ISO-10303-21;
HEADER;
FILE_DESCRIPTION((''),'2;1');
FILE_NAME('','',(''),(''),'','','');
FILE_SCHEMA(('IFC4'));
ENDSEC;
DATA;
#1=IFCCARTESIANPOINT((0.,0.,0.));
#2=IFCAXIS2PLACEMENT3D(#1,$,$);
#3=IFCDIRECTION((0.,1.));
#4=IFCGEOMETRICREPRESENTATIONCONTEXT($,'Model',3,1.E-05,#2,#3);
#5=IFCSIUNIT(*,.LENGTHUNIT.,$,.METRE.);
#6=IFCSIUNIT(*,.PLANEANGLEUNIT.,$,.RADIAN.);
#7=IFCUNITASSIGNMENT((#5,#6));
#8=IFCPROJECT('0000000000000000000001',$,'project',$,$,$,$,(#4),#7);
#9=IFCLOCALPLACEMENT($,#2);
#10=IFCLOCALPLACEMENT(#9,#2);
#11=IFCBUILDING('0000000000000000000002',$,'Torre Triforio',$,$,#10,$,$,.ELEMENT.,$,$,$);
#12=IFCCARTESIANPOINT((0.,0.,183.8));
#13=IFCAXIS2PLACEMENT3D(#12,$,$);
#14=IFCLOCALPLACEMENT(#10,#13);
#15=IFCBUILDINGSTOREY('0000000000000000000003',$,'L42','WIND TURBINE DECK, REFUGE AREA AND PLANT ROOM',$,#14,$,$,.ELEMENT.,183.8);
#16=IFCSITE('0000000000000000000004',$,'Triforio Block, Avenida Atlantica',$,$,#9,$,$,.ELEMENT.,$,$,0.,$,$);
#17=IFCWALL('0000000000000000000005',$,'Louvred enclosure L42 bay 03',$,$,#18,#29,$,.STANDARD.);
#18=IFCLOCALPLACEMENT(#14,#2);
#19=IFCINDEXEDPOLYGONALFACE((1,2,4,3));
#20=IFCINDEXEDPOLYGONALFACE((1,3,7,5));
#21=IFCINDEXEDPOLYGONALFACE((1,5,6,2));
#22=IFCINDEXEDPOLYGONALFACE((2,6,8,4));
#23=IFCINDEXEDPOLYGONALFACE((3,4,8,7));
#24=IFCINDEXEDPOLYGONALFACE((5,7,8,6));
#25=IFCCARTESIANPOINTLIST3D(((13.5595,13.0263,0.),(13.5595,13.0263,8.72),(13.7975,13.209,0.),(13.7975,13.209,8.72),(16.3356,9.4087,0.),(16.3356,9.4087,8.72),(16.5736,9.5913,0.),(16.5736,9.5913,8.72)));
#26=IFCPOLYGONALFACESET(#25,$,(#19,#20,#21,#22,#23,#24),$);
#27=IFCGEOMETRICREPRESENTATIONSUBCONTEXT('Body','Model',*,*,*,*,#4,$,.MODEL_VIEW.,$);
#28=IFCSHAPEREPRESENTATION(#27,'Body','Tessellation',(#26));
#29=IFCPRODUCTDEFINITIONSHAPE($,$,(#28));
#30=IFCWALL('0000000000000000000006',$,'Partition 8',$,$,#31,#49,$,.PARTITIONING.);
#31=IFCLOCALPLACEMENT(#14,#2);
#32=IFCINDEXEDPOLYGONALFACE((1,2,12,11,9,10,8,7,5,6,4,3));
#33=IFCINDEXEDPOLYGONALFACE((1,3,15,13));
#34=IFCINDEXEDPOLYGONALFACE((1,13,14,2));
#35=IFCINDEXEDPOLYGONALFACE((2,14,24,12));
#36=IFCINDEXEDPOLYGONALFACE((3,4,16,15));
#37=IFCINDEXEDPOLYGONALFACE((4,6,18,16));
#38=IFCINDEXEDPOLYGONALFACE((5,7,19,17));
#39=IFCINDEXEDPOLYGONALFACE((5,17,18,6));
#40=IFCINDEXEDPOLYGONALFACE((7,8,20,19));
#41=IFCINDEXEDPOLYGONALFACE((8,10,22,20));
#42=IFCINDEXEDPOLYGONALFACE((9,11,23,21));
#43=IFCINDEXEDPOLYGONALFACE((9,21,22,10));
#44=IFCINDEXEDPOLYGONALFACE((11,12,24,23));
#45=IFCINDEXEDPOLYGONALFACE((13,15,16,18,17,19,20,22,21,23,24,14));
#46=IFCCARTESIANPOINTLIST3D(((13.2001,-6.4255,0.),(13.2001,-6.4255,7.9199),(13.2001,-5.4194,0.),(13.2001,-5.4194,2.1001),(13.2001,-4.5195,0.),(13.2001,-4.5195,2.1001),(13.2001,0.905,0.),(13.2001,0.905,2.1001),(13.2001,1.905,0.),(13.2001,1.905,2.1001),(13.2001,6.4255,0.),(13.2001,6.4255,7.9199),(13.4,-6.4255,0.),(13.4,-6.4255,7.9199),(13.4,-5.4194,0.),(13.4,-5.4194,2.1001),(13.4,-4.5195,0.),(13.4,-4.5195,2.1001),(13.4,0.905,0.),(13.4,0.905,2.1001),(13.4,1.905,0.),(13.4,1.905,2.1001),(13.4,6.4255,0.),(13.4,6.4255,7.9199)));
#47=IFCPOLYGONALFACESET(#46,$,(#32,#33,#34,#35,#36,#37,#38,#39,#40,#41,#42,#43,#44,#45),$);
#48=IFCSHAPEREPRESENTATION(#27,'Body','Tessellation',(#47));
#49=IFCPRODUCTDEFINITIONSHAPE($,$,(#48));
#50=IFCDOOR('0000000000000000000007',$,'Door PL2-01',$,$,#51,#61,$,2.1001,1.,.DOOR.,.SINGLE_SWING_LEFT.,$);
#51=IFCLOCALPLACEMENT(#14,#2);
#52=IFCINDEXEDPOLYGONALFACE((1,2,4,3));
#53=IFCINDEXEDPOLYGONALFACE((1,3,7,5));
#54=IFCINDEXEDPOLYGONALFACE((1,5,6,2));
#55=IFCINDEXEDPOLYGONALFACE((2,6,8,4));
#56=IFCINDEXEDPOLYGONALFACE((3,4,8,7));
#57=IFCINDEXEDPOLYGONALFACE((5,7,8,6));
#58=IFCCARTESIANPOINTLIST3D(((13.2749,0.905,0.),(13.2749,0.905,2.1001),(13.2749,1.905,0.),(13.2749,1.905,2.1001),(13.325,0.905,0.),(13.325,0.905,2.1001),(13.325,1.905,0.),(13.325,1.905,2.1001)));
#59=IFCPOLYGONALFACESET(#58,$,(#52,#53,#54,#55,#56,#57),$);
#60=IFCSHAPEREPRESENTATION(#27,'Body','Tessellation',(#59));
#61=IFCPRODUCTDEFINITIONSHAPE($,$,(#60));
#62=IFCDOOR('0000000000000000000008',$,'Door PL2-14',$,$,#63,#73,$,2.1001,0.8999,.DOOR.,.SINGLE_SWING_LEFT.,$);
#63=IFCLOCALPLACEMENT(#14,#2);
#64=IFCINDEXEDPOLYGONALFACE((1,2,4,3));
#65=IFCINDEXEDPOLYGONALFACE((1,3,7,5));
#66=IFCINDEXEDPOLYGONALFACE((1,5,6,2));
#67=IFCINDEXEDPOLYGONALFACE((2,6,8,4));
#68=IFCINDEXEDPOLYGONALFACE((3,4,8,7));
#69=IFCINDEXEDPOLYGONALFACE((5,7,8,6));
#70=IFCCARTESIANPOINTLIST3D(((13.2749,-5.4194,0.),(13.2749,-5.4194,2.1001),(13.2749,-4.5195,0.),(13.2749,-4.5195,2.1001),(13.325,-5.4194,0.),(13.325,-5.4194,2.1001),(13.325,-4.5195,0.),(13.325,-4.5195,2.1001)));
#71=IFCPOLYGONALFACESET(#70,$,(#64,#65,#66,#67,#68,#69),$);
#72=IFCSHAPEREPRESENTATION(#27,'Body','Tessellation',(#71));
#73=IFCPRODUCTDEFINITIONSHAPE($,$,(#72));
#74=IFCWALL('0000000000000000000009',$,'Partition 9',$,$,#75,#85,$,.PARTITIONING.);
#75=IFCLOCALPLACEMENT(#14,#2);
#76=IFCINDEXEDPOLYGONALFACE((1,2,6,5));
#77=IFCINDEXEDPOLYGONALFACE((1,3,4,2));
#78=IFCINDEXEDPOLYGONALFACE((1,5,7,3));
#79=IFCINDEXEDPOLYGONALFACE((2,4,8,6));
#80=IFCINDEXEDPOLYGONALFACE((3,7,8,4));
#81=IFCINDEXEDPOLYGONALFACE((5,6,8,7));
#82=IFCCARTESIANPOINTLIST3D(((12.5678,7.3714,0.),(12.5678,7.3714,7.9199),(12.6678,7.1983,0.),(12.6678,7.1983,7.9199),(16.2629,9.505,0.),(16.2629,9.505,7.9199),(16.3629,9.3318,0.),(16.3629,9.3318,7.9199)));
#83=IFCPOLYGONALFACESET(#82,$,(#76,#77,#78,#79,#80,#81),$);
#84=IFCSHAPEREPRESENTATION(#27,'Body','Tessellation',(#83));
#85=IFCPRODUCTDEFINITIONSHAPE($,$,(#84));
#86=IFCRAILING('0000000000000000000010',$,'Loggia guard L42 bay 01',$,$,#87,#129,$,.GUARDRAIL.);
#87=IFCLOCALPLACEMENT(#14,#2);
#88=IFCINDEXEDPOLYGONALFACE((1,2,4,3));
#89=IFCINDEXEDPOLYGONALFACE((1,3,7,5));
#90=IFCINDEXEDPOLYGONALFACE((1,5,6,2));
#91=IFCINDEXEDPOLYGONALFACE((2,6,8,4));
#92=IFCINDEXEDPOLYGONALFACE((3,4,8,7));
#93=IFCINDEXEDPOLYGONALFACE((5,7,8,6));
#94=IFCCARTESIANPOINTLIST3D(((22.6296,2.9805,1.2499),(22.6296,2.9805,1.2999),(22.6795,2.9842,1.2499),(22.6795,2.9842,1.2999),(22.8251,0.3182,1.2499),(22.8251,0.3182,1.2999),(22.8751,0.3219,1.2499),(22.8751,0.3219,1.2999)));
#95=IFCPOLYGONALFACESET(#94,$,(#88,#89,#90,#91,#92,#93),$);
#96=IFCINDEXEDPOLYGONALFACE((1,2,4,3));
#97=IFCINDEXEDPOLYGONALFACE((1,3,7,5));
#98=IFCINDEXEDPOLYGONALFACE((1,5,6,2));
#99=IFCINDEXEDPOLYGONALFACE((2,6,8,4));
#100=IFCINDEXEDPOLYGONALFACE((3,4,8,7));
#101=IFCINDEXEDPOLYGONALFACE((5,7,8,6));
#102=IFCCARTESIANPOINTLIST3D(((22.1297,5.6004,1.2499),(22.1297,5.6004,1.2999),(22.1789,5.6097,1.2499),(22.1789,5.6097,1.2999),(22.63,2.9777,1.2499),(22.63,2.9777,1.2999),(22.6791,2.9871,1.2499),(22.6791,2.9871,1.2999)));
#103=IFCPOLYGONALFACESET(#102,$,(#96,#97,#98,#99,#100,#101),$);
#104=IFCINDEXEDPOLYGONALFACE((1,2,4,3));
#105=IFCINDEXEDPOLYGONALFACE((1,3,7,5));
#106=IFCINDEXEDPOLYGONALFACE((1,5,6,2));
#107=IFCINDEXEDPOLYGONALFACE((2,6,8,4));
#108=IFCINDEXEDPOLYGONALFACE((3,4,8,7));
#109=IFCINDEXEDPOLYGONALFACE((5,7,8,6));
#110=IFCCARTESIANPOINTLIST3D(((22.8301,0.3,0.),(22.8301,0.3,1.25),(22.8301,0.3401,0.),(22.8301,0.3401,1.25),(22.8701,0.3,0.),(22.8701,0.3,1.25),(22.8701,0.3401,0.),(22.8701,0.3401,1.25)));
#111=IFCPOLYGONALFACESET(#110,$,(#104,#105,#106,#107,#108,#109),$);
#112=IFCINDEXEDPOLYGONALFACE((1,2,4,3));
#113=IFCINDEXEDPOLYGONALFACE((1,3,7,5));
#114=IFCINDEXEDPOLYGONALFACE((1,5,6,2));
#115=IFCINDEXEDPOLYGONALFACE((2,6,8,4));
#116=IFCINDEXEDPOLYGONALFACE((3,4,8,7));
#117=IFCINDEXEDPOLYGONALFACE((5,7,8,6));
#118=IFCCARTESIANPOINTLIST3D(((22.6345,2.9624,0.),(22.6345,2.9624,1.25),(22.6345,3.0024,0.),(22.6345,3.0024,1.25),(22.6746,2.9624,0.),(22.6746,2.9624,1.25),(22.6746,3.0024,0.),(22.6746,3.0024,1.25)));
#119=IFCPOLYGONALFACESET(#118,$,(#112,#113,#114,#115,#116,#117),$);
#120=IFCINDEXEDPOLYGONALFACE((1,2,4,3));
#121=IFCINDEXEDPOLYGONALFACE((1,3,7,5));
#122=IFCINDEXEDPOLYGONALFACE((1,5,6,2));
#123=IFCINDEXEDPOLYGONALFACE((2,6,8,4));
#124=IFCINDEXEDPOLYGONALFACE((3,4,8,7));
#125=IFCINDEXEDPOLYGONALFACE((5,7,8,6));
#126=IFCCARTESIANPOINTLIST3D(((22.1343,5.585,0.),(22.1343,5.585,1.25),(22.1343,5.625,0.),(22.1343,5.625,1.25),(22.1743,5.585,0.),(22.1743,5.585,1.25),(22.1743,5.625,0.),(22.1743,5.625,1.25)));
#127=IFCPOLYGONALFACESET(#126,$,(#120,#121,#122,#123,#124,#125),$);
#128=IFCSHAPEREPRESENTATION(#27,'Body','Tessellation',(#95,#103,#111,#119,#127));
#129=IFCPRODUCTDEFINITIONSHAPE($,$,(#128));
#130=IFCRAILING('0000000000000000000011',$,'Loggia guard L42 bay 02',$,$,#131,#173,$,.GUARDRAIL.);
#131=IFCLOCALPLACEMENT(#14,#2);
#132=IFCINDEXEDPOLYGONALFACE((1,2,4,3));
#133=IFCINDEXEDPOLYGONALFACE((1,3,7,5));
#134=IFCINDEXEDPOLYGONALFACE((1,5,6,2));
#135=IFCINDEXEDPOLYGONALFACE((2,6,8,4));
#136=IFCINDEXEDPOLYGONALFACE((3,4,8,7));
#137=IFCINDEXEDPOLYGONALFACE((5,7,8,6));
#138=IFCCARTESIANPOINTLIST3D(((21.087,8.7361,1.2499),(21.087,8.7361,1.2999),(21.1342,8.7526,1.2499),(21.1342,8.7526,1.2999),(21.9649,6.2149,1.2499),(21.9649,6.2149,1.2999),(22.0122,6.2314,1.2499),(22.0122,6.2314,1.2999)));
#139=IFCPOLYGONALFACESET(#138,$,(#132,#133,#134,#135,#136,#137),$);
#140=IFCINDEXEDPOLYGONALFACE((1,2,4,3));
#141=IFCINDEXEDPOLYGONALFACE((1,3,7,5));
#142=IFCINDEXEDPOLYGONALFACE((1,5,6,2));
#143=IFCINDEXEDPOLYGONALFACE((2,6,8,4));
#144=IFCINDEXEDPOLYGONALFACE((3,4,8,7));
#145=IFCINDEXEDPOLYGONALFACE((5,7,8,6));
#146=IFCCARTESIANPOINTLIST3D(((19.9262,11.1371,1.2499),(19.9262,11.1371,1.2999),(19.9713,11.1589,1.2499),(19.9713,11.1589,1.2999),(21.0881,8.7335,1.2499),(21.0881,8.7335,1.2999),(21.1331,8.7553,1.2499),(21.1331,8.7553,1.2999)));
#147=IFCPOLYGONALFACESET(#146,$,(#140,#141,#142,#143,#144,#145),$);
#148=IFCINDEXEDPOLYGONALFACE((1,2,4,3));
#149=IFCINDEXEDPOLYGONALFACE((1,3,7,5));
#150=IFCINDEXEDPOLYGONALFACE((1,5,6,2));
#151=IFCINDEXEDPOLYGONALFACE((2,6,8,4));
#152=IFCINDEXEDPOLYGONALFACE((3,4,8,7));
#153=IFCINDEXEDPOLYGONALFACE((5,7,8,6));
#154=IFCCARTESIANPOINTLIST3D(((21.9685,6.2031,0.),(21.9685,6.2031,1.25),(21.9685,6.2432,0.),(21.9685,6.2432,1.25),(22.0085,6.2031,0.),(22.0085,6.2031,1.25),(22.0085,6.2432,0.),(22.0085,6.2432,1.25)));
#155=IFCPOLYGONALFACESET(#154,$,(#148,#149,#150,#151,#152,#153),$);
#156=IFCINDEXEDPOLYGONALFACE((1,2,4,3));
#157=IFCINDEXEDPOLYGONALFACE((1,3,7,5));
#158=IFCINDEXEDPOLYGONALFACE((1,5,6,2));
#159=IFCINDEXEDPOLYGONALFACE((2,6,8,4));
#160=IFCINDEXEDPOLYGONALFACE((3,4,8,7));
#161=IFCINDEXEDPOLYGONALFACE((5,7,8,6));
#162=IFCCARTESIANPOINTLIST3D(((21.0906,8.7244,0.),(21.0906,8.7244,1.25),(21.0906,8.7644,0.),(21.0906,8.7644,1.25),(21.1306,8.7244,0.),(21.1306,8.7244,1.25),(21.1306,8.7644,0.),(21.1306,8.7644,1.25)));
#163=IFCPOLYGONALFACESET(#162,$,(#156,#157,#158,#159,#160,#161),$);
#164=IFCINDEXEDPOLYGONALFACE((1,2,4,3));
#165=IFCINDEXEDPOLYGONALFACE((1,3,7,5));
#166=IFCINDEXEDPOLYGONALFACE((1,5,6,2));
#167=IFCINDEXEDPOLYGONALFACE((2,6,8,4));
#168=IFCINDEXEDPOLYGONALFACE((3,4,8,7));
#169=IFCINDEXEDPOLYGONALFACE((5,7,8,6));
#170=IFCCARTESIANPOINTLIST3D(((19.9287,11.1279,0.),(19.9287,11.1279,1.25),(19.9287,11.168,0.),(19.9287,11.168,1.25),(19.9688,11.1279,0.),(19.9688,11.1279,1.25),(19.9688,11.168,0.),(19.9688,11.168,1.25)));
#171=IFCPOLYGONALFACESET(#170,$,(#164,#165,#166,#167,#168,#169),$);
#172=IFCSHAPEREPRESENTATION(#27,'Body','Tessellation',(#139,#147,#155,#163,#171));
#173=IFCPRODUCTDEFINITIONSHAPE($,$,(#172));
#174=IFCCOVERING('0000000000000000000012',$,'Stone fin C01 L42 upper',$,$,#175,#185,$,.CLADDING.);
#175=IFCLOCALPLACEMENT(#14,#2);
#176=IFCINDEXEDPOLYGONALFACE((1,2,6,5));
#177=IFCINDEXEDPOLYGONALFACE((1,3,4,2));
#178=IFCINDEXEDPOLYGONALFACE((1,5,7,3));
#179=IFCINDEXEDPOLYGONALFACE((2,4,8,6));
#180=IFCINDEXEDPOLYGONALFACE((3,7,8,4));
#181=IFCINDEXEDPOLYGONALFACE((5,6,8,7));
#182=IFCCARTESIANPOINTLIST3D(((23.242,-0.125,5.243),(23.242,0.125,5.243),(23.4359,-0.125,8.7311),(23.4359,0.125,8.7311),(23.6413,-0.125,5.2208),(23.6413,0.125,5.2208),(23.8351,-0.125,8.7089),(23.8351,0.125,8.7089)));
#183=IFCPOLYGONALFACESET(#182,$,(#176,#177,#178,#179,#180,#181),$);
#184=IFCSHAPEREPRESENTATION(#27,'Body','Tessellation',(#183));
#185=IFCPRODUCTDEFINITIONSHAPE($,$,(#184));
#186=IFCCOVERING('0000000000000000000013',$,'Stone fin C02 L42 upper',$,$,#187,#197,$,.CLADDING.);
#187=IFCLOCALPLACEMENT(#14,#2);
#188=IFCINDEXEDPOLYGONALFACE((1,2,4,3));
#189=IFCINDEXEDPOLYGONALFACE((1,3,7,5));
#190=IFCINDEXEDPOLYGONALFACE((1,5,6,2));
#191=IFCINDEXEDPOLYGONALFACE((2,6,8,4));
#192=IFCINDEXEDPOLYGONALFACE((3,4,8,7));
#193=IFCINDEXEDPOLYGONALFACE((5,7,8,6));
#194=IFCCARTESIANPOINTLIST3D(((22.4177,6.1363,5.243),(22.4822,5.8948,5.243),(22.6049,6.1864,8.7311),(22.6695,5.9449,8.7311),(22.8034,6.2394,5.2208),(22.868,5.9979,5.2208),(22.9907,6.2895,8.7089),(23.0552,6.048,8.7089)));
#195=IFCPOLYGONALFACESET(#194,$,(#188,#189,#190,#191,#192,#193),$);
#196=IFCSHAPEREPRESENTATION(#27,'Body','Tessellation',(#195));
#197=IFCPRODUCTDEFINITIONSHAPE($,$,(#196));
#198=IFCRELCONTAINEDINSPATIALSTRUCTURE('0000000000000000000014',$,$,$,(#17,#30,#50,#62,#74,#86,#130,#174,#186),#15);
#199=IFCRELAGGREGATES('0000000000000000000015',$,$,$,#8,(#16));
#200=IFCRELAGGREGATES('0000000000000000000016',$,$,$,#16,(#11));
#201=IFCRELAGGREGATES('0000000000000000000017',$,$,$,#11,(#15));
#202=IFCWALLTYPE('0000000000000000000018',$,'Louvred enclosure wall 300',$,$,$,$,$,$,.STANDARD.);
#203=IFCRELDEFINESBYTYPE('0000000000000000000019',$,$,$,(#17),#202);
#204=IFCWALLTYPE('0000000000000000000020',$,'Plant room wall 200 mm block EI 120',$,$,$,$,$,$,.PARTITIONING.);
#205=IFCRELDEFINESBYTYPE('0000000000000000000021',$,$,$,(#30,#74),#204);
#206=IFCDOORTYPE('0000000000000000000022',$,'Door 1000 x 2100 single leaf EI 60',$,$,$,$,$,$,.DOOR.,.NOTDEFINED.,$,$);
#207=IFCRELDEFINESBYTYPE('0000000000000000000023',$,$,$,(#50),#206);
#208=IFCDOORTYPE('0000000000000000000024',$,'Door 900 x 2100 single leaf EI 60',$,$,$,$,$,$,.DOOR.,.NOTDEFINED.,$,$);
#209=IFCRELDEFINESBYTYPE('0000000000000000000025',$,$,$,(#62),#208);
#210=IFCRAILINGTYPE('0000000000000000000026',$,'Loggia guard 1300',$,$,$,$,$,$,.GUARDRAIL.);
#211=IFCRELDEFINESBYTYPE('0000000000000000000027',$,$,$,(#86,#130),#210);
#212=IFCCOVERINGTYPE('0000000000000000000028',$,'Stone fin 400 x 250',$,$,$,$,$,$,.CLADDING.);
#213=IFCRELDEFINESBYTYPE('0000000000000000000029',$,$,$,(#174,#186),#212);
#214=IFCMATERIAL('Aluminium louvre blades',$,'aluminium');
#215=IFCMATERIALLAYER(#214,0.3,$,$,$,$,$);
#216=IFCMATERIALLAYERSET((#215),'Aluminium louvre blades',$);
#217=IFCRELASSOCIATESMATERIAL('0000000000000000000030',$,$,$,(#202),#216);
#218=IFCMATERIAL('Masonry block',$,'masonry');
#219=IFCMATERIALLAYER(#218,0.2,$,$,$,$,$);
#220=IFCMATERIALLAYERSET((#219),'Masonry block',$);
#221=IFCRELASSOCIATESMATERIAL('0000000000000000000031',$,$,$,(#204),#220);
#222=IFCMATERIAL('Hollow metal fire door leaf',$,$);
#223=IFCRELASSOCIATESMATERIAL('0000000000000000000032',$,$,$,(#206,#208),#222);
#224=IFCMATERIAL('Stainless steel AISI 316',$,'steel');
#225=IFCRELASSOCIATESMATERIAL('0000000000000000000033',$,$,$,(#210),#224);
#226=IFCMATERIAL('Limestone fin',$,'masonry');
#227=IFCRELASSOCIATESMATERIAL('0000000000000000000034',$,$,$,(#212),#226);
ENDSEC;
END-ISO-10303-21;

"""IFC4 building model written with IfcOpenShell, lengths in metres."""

from ifc_helpers import new_model, si_unit, direction, frame, frame_2d, origin, origin_2d, place, context, subcontext, project, spatial, rectangle, extrude, material, layer, layer_set, material_profile, profile_set, type_object, element, fill, save


model = new_model("IFC4")

# Units and contexts
model_context = context("Model", 3, precision=1e-05, world=origin(), true_north=direction((0.0, 1.0)))
body_context = subcontext(model_context, "Body", "Model", "MODEL_VIEW")
ifc_project = project(units=[si_unit("LENGTHUNIT", "METRE"), si_unit("PLANEANGLEUNIT", "RADIAN")], contexts=[model_context])

# Site, building, storey
site_placement = place(None, origin())
site = spatial("IfcSite", under=ifc_project, at=site_placement, Name="Triforio Block, Avenida Atlantica", CompositionType="ELEMENT", RefElevation=0.0)
building_placement = place(site_placement, origin())
building = spatial("IfcBuilding", under=site, at=building_placement, Name="Torre Triforio", CompositionType="ELEMENT")
storey_placement = place(building_placement, frame((0.0, 0.0, 183.8)))
storey = spatial("IfcBuildingStorey", under=building, at=storey_placement, Name="L42", Description="WIND TURBINE DECK, REFUGE AREA AND PLANT ROOM", CompositionType="ELEMENT", Elevation=183.8)

# Wall
ifc_material_1 = material(Name="Aluminium louvre blades", Category="aluminium")
ifc_layer_1 = layer(ifc_material_1, 0.3)
ifc_layer_set_1 = layer_set([ifc_layer_1], Name="Aluminium louvre blades")
wall_type_1 = type_object("IfcWallType", Name="Louvred enclosure wall 300", PredefinedType="STANDARD", material=ifc_layer_set_1)
wall_1_placement = place(storey_placement, frame((16.4546, 9.5, 0.0), z_axis=(0.0, 0.0, 1.0), x_axis=(-0.608787, 0.793334, 0.0)))
element("IfcWall", 1, at=wall_1_placement, inside=storey, type_object=wall_type_1, Name="Louvred enclosure L42 bay 03", PredefinedType="STANDARD", context=body_context, shape_type="SweptSolid", body=[
    extrude(rectangle(XDim=4.5601, YDim=0.3, at=frame_2d((2.28, 0.0))), origin(), (0.0, 0.0, 1.0), 8.72),
])

# Wall, openings, doors
ifc_material_2 = material(Name="Masonry block", Category="masonry")
ifc_layer_2 = layer(ifc_material_2, 0.2)
ifc_layer_set_2 = layer_set([ifc_layer_2], Name="Masonry block")
wall_type_2 = type_object("IfcWallType", Name="Plant room wall 200 mm block EI 120", PredefinedType="PARTITIONING", material=ifc_layer_set_2)
wall_2_placement = place(storey_placement, frame((13.3, 6.4255, 0.0), z_axis=(0.0, 0.0, 1.0), x_axis=(0.0, -1.0, 0.0)))
wall_2 = element("IfcWall", 2, at=wall_2_placement, inside=storey, type_object=wall_type_2, Name="Partition 8", PredefinedType="PARTITIONING", context=body_context, shape_type="SweptSolid", body=[
    extrude(rectangle(XDim=12.8511, YDim=0.2, at=frame_2d((6.4255, 0.0))), origin(), (0.0, 0.0, 1.0), 7.9199),
])
opening_1_placement = place(wall_2_placement, frame((4.5205, 0.0, 0.0)))
opening_1 = element("IfcOpeningElement", 3, at=opening_1_placement, cuts=wall_2, PredefinedType="OPENING", context=body_context, shape_type="SweptSolid", body=[
    extrude(rectangle(XDim=1.0, YDim=2.1001, at=frame_2d((0.5, 1.05))), frame((0.0, 0.1099, 0.0), z_axis=(0.0, -1.0, 0.0), x_axis=(1.0, 0.0, 0.0)), (0.0, 0.0, 1.0), 0.22),
])
opening_2_placement = place(wall_2_placement, frame((10.9451, 0.0, 0.0)))
opening_2 = element("IfcOpeningElement", 4, at=opening_2_placement, cuts=wall_2, PredefinedType="OPENING", context=body_context, shape_type="SweptSolid", body=[
    extrude(rectangle(XDim=0.8999, YDim=2.1001, at=frame_2d((0.45, 1.05))), frame((0.0, 0.1099, 0.0), z_axis=(0.0, -1.0, 0.0), x_axis=(1.0, 0.0, 0.0)), (0.0, 0.0, 1.0), 0.22),
])
ifc_material_3 = material(Name="Hollow metal fire door leaf")
door_type_1 = type_object("IfcDoorType", Name="Door 1000 x 2100 single leaf EI 60", OperationType="NOTDEFINED", PredefinedType="DOOR", material=ifc_material_3)
door_1_placement = place(opening_1_placement, origin())
door_1 = element("IfcDoor", 5, at=door_1_placement, inside=storey, type_object=door_type_1, Name="Door PL2-01", OperationType="SINGLE_SWING_LEFT", OverallHeight=2.1001, OverallWidth=1.0, PredefinedType="DOOR", context=body_context, shape_type="SweptSolid", body=[
    extrude(rectangle(XDim=1.0, YDim=2.1001, at=frame_2d((0.5, 1.05))), frame((0.0, 0.0249, 0.0), z_axis=(0.0, -1.0, 0.0), x_axis=(1.0, 0.0, 0.0)), (0.0, 0.0, 1.0), 0.05),
])
fill(opening_1, door_1)
door_type_2 = type_object("IfcDoorType", Name="Door 900 x 2100 single leaf EI 60", OperationType="NOTDEFINED", PredefinedType="DOOR", material=ifc_material_3)
door_2_placement = place(opening_2_placement, origin())
door_2 = element("IfcDoor", 6, at=door_2_placement, inside=storey, type_object=door_type_2, Name="Door PL2-14", OperationType="SINGLE_SWING_LEFT", OverallHeight=2.1001, OverallWidth=0.8999, PredefinedType="DOOR", context=body_context, shape_type="SweptSolid", body=[
    extrude(rectangle(XDim=0.8999, YDim=2.1001, at=frame_2d((0.45, 1.05))), frame((0.0, 0.0249, 0.0), z_axis=(0.0, -1.0, 0.0), x_axis=(1.0, 0.0, 0.0)), (0.0, 0.0, 1.0), 0.05),
])
fill(opening_2, door_2)

# Wall
wall_3_placement = place(storey_placement, frame((12.6179, 7.2849, 0.0), z_axis=(0.0, 0.0, 1.0), x_axis=(0.866005, 0.500034, 0.0)))
element("IfcWall", 7, at=wall_3_placement, inside=storey, type_object=wall_type_2, Name="Partition 9", PredefinedType="PARTITIONING", context=body_context, shape_type="SweptSolid", body=[
    extrude(rectangle(XDim=4.2668, YDim=0.2, at=frame_2d((2.1333, 0.0))), origin(), (0.0, 0.0, 1.0), 7.9199),
])

# Railings
ifc_material_4 = material(Name="Stainless steel AISI 316", Category="steel")
railing_type = type_object("IfcRailingType", Name="Loggia guard 1300", PredefinedType="GUARDRAIL", material=ifc_material_4)
railing_1_placement = place(storey_placement, frame((22.8501, 0.3201, 0.0)))
element("IfcRailing", 8, at=railing_1_placement, inside=storey, type_object=railing_type, Name="Loggia guard L42 bay 01", PredefinedType="GUARDRAIL", context=body_context, shape_type="SweptSolid", body=[
    extrude(rectangle(XDim=0.05, YDim=0.05, at=origin_2d()), frame((0.0, 0.0, 1.2749), z_axis=(-0.073255, 0.997313, 0.0), x_axis=(-0.997313, -0.073255, 0.0)), (0.0, 0.0, 1.0), 2.6694),
    extrude(rectangle(XDim=0.05, YDim=0.05, at=origin_2d()), frame((-0.1956, 2.6624, 1.2749), z_axis=(-0.187368, 0.98229, 0.0), x_axis=(-0.98229, -0.187368, 0.0)), (0.0, 0.0, 1.0), 2.6699),
    extrude(rectangle(XDim=0.04, YDim=0.04, at=origin_2d()), origin(), (0.0, 0.0, 1.0), 1.25),
    extrude(rectangle(XDim=0.04, YDim=0.04, at=origin_2d()), frame((-0.1956, 2.6624, 0.0)), (0.0, 0.0, 1.0), 1.25),
    extrude(rectangle(XDim=0.04, YDim=0.04, at=origin_2d()), frame((-0.6958, 5.2849, 0.0)), (0.0, 0.0, 1.0), 1.25),
])
railing_2_placement = place(storey_placement, frame((21.9885, 6.2231, 0.0)))
element("IfcRailing", 9, at=railing_2_placement, inside=storey, type_object=railing_type, Name="Loggia guard L42 bay 02", PredefinedType="GUARDRAIL", context=body_context, shape_type="SweptSolid", body=[
    extrude(rectangle(XDim=0.05, YDim=0.05, at=origin_2d()), frame((0.0, 0.0, 1.2749), z_axis=(-0.328847, 0.944383, 0.0), x_axis=(-0.944383, -0.328847, 0.0)), (0.0, 0.0, 1.0), 2.6697),
    extrude(rectangle(XDim=0.05, YDim=0.05, at=origin_2d()), frame((-0.8779, 2.5212, 1.2749), z_axis=(-0.435212, 0.900328, 0.0), x_axis=(-0.900328, -0.435212, 0.0)), (0.0, 0.0, 1.0), 2.6697),
    extrude(rectangle(XDim=0.04, YDim=0.04, at=origin_2d()), origin(), (0.0, 0.0, 1.0), 1.25),
    extrude(rectangle(XDim=0.04, YDim=0.04, at=origin_2d()), frame((-0.8779, 2.5212, 0.0)), (0.0, 0.0, 1.0), 1.25),
    extrude(rectangle(XDim=0.04, YDim=0.04, at=origin_2d()), frame((-2.0398, 4.9248, 0.0)), (0.0, 0.0, 1.0), 1.25),
])

# Coverings
ifc_material_5 = material(Name="Limestone fin", Category="masonry")
ifc_material_profile_1 = material_profile(ifc_material_5, rectangle(XDim=0.3999, YDim=0.25, at=origin_2d()), Name="FIN 400x250")
ifc_profile_set_1 = profile_set([ifc_material_profile_1], Name="Limestone fin")
covering_type_1 = type_object("IfcCoveringType", Name="Stone fin 400 x 250", PredefinedType="CLADDING", material=ifc_profile_set_1)
for number, where, z_axis, x_axis, name in (
    (10, (23.4417, 0.0, 5.2319), (0.055489, 0.0, 0.998459), (-0.998459, 0.0, 0.055489), "Stone fin C01 L42 upper"),
    (11, (22.6428, 6.0671, 5.2319), (0.053602, 0.014327, 0.99846), (-0.9646, -0.257814, 0.055484), "Stone fin C02 L42 upper"),
):
    element("IfcCovering", number, at=place(storey_placement, frame(where, z_axis=z_axis, x_axis=x_axis)), inside=storey, type_object=covering_type_1, Name=name, PredefinedType="CLADDING", context=body_context, shape_type="SweptSolid", body=[
        extrude(rectangle(XDim=0.3999, YDim=0.25, at=origin_2d()), origin(), (0.0, 0.0, 1.0), 3.4934),
    ])

save(model, "model.ifc")
